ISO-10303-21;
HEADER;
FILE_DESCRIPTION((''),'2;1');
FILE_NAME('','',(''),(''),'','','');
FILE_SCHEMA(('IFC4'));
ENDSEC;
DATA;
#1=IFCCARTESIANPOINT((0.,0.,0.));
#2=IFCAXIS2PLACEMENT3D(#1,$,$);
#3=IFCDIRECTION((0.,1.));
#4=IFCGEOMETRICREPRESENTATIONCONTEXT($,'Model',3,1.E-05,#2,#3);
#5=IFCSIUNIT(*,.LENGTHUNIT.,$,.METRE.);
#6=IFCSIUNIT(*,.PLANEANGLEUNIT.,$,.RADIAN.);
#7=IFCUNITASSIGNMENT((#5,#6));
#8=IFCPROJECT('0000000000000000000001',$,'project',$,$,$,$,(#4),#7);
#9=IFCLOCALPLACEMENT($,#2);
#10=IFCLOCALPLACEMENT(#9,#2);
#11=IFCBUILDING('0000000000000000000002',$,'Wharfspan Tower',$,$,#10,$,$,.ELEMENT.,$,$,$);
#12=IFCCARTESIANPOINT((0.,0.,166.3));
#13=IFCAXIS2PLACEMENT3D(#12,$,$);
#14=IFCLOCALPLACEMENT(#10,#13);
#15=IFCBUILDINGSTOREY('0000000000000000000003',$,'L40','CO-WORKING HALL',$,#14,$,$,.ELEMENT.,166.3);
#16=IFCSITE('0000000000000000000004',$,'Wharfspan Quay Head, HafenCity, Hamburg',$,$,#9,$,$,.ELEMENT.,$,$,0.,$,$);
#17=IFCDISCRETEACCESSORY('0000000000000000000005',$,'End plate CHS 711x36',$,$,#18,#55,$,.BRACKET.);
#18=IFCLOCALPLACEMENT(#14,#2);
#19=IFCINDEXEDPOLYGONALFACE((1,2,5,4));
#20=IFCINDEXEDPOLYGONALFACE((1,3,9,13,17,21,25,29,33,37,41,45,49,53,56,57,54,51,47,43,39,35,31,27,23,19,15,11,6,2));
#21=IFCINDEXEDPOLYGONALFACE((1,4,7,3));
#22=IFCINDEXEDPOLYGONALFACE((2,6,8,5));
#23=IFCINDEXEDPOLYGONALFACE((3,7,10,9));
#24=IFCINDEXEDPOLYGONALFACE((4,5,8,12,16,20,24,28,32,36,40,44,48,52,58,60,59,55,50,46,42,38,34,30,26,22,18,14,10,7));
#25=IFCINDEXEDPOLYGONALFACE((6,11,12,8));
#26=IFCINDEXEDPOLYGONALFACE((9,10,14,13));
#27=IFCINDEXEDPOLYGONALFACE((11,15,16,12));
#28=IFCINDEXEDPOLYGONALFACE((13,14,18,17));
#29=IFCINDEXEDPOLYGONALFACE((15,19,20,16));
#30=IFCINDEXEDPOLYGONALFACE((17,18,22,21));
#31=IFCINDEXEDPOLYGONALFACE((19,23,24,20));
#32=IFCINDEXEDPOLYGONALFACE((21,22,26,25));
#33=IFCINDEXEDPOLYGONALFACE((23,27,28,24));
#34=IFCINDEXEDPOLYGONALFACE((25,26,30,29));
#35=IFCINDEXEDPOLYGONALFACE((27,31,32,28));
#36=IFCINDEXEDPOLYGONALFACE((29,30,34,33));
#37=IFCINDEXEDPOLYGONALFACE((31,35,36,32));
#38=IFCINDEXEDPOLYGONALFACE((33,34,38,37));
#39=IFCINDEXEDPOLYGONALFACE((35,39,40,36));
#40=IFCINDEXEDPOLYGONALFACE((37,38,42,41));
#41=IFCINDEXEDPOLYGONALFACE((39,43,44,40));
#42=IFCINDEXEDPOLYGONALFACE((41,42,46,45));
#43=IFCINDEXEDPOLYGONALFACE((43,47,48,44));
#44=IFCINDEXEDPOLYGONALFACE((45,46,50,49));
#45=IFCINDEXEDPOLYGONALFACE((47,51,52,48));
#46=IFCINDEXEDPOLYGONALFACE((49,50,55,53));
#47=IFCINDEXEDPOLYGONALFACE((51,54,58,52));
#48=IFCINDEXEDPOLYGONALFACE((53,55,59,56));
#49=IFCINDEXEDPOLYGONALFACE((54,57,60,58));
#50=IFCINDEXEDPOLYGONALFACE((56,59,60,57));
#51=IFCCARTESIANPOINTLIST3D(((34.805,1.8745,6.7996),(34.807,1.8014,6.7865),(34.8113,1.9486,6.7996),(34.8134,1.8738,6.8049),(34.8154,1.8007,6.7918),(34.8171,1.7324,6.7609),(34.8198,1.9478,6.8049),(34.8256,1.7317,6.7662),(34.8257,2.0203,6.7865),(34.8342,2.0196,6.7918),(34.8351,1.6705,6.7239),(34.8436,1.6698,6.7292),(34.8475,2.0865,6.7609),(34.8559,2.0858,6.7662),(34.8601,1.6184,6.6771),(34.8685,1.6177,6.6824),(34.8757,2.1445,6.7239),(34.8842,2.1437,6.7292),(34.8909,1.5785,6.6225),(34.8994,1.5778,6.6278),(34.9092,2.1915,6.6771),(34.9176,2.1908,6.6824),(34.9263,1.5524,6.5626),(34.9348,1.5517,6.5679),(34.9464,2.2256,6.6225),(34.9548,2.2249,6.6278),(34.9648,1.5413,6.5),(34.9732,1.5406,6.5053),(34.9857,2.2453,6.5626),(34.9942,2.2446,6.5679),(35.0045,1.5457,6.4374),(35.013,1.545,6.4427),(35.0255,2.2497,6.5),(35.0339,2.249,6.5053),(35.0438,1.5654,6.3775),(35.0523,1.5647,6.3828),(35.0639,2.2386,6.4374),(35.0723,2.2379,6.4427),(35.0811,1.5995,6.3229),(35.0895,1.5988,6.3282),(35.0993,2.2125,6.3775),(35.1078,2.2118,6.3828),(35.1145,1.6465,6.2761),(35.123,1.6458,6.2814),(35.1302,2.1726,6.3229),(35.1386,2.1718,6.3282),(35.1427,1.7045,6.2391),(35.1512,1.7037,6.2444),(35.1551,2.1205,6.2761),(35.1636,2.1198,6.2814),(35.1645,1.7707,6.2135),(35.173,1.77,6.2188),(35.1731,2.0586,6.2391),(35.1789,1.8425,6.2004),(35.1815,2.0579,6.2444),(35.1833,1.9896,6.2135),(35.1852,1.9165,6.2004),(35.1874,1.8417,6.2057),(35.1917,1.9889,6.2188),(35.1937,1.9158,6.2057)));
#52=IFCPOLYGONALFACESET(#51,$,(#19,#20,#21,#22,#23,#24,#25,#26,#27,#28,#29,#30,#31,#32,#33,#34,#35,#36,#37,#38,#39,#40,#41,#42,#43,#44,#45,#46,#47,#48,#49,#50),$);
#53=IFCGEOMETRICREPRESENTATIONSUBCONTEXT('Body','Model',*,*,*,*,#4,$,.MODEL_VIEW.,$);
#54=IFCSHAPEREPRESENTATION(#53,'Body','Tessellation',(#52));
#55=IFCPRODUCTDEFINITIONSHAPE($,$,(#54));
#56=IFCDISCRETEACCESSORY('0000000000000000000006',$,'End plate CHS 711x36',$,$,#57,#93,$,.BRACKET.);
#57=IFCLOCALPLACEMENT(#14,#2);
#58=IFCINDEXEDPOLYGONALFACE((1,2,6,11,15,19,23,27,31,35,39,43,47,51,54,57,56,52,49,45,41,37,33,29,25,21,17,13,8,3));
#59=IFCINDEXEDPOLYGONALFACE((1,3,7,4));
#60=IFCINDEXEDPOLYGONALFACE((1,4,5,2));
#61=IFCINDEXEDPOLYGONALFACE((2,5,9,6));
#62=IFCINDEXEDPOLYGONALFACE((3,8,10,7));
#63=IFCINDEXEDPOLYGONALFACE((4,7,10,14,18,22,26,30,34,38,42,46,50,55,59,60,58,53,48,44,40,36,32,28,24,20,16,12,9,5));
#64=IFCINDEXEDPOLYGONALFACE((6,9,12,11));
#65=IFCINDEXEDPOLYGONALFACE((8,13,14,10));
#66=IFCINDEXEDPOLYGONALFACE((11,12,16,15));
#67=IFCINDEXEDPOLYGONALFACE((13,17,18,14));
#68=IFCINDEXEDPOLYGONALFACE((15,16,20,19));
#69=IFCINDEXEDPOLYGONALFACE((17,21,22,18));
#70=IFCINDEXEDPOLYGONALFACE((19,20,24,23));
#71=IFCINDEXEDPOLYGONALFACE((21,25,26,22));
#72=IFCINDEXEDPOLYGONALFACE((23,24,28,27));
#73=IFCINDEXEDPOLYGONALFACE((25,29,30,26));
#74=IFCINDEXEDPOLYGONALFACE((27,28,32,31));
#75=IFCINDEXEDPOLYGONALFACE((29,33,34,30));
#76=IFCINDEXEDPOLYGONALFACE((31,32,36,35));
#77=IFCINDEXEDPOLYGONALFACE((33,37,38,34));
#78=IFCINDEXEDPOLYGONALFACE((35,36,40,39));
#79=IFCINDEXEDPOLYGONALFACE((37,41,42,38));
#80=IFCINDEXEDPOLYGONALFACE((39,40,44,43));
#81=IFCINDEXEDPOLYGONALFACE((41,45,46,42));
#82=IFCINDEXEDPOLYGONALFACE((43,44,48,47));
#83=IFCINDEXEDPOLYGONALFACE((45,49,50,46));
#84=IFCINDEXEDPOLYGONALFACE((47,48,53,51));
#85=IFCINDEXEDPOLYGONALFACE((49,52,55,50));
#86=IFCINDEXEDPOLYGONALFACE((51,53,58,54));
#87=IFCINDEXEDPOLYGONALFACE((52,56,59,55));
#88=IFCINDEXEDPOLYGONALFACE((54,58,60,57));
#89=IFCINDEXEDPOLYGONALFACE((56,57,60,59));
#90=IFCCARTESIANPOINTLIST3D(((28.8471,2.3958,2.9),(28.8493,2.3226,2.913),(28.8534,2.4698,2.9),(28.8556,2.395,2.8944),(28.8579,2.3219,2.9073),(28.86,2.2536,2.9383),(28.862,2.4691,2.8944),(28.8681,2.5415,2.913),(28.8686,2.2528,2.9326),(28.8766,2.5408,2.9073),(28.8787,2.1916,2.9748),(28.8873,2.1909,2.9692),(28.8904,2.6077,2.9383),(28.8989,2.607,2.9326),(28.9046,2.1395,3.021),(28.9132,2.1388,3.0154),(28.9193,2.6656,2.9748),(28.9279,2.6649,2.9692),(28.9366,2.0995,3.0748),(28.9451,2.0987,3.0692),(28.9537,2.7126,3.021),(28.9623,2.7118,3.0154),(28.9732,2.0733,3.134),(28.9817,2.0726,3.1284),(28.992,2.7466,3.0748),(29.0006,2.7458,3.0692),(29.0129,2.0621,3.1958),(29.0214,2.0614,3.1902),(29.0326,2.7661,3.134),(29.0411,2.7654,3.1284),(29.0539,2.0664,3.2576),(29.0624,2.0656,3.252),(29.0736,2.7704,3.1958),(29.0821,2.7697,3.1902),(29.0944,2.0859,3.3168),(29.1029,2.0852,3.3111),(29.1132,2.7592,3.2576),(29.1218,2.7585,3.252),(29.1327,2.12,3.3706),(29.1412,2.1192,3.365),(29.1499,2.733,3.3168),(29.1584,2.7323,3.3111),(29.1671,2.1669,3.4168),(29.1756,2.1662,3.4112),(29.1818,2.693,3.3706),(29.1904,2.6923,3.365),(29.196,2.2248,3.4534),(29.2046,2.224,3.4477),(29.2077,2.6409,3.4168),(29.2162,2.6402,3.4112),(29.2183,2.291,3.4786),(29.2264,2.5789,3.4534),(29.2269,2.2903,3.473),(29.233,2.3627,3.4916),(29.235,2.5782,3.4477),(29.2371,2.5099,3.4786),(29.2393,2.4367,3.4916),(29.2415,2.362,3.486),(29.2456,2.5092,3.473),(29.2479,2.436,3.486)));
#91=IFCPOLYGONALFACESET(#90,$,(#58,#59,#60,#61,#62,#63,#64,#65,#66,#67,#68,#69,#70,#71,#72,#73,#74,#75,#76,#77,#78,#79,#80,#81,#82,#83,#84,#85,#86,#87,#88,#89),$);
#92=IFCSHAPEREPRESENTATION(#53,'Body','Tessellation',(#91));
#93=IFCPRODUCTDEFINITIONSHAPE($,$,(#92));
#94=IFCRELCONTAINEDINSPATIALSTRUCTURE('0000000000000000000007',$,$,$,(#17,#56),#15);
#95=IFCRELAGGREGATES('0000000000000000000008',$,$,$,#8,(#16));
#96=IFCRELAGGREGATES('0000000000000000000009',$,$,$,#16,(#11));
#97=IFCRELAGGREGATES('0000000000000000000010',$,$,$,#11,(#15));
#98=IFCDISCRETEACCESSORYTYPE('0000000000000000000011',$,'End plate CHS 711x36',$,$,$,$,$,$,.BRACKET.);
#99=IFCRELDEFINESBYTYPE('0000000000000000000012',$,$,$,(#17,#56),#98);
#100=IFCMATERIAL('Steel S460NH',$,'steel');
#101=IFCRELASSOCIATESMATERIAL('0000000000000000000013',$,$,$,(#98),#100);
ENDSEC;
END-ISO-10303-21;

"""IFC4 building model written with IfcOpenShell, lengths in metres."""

from ifc_helpers import new_model, si_unit, direction, frame, origin, origin_2d, place, context, subcontext, project, spatial, circle, extrude, material, material_profile, profile_set, type_object, element, save


model = new_model("IFC4")

# Units and contexts
model_context = context("Model", 3, precision=1e-05, world=origin(), true_north=direction((0.0, 1.0)))
body_context = subcontext(model_context, "Body", "Model", "MODEL_VIEW")
ifc_project = project(units=[si_unit("LENGTHUNIT", "METRE"), si_unit("PLANEANGLEUNIT", "RADIAN")], contexts=[model_context])

# Site, building, storey
site_placement = place(None, origin())
site = spatial("IfcSite", under=ifc_project, at=site_placement, Name="Wharfspan Quay Head, HafenCity, Hamburg", CompositionType="ELEMENT", RefElevation=0.0)
building_placement = place(site_placement, origin())
building = spatial("IfcBuilding", under=site, at=building_placement, Name="Wharfspan Tower", CompositionType="ELEMENT")
storey_placement = place(building_placement, frame((0.0, 0.0, 166.3)))
storey = spatial("IfcBuildingStorey", under=building, at=storey_placement, Name="L40", Description="CO-WORKING HALL", CompositionType="ELEMENT", Elevation=166.3)

# Shared definitions
ifc_material_1 = material(Name="Steel S460NH", Category="steel")

# Discrete accessories
ifc_material_profile_1 = material_profile(ifc_material_1, circle(Radius=0.3555, at=origin_2d()))
ifc_profile_set_1 = profile_set([ifc_material_profile_1], Name="Steel S460NH")
discrete_accessory_type = type_object("IfcDiscreteAccessoryType", Name="End plate CHS 711x36", PredefinedType="BRACKET", material=ifc_profile_set_1)
for number, where, z_axis, x_axis, name in (
    (1, (34.9951, 1.8955, 6.5), (0.844416, -0.072379, 0.530776), (0.085402, 0.99635, 0.0), "End plate CHS 711x36"),
):
    element("IfcDiscreteAccessory", number, at=place(storey_placement, frame(where, z_axis=z_axis, x_axis=x_axis)), inside=storey, type_object=discrete_accessory_type, Name=name, PredefinedType="BRACKET", context=body_context, shape_type="SweptSolid", body=[
        extrude(circle(Radius=0.3555, at=origin_2d()), origin(), (0.0, 0.0, 1.0), 0.01),
    ])
discrete_accessory_placement = place(storey_placement, frame((29.0518, 2.4155, 3.1902), z_axis=(-0.83357, 0.071449, 0.547774), x_axis=(-0.085401, -0.996343, 0.0)))
element("IfcDiscreteAccessory", 2, at=discrete_accessory_placement, inside=storey, type_object=discrete_accessory_type, Name="End plate CHS 711x36", PredefinedType="BRACKET", context=body_context, shape_type="SweptSolid", body=[
    extrude(circle(Radius=0.3555, at=origin_2d()), origin(), (0.0, 0.0, 1.0), 0.0103),
])

save(model, "model.ifc")
